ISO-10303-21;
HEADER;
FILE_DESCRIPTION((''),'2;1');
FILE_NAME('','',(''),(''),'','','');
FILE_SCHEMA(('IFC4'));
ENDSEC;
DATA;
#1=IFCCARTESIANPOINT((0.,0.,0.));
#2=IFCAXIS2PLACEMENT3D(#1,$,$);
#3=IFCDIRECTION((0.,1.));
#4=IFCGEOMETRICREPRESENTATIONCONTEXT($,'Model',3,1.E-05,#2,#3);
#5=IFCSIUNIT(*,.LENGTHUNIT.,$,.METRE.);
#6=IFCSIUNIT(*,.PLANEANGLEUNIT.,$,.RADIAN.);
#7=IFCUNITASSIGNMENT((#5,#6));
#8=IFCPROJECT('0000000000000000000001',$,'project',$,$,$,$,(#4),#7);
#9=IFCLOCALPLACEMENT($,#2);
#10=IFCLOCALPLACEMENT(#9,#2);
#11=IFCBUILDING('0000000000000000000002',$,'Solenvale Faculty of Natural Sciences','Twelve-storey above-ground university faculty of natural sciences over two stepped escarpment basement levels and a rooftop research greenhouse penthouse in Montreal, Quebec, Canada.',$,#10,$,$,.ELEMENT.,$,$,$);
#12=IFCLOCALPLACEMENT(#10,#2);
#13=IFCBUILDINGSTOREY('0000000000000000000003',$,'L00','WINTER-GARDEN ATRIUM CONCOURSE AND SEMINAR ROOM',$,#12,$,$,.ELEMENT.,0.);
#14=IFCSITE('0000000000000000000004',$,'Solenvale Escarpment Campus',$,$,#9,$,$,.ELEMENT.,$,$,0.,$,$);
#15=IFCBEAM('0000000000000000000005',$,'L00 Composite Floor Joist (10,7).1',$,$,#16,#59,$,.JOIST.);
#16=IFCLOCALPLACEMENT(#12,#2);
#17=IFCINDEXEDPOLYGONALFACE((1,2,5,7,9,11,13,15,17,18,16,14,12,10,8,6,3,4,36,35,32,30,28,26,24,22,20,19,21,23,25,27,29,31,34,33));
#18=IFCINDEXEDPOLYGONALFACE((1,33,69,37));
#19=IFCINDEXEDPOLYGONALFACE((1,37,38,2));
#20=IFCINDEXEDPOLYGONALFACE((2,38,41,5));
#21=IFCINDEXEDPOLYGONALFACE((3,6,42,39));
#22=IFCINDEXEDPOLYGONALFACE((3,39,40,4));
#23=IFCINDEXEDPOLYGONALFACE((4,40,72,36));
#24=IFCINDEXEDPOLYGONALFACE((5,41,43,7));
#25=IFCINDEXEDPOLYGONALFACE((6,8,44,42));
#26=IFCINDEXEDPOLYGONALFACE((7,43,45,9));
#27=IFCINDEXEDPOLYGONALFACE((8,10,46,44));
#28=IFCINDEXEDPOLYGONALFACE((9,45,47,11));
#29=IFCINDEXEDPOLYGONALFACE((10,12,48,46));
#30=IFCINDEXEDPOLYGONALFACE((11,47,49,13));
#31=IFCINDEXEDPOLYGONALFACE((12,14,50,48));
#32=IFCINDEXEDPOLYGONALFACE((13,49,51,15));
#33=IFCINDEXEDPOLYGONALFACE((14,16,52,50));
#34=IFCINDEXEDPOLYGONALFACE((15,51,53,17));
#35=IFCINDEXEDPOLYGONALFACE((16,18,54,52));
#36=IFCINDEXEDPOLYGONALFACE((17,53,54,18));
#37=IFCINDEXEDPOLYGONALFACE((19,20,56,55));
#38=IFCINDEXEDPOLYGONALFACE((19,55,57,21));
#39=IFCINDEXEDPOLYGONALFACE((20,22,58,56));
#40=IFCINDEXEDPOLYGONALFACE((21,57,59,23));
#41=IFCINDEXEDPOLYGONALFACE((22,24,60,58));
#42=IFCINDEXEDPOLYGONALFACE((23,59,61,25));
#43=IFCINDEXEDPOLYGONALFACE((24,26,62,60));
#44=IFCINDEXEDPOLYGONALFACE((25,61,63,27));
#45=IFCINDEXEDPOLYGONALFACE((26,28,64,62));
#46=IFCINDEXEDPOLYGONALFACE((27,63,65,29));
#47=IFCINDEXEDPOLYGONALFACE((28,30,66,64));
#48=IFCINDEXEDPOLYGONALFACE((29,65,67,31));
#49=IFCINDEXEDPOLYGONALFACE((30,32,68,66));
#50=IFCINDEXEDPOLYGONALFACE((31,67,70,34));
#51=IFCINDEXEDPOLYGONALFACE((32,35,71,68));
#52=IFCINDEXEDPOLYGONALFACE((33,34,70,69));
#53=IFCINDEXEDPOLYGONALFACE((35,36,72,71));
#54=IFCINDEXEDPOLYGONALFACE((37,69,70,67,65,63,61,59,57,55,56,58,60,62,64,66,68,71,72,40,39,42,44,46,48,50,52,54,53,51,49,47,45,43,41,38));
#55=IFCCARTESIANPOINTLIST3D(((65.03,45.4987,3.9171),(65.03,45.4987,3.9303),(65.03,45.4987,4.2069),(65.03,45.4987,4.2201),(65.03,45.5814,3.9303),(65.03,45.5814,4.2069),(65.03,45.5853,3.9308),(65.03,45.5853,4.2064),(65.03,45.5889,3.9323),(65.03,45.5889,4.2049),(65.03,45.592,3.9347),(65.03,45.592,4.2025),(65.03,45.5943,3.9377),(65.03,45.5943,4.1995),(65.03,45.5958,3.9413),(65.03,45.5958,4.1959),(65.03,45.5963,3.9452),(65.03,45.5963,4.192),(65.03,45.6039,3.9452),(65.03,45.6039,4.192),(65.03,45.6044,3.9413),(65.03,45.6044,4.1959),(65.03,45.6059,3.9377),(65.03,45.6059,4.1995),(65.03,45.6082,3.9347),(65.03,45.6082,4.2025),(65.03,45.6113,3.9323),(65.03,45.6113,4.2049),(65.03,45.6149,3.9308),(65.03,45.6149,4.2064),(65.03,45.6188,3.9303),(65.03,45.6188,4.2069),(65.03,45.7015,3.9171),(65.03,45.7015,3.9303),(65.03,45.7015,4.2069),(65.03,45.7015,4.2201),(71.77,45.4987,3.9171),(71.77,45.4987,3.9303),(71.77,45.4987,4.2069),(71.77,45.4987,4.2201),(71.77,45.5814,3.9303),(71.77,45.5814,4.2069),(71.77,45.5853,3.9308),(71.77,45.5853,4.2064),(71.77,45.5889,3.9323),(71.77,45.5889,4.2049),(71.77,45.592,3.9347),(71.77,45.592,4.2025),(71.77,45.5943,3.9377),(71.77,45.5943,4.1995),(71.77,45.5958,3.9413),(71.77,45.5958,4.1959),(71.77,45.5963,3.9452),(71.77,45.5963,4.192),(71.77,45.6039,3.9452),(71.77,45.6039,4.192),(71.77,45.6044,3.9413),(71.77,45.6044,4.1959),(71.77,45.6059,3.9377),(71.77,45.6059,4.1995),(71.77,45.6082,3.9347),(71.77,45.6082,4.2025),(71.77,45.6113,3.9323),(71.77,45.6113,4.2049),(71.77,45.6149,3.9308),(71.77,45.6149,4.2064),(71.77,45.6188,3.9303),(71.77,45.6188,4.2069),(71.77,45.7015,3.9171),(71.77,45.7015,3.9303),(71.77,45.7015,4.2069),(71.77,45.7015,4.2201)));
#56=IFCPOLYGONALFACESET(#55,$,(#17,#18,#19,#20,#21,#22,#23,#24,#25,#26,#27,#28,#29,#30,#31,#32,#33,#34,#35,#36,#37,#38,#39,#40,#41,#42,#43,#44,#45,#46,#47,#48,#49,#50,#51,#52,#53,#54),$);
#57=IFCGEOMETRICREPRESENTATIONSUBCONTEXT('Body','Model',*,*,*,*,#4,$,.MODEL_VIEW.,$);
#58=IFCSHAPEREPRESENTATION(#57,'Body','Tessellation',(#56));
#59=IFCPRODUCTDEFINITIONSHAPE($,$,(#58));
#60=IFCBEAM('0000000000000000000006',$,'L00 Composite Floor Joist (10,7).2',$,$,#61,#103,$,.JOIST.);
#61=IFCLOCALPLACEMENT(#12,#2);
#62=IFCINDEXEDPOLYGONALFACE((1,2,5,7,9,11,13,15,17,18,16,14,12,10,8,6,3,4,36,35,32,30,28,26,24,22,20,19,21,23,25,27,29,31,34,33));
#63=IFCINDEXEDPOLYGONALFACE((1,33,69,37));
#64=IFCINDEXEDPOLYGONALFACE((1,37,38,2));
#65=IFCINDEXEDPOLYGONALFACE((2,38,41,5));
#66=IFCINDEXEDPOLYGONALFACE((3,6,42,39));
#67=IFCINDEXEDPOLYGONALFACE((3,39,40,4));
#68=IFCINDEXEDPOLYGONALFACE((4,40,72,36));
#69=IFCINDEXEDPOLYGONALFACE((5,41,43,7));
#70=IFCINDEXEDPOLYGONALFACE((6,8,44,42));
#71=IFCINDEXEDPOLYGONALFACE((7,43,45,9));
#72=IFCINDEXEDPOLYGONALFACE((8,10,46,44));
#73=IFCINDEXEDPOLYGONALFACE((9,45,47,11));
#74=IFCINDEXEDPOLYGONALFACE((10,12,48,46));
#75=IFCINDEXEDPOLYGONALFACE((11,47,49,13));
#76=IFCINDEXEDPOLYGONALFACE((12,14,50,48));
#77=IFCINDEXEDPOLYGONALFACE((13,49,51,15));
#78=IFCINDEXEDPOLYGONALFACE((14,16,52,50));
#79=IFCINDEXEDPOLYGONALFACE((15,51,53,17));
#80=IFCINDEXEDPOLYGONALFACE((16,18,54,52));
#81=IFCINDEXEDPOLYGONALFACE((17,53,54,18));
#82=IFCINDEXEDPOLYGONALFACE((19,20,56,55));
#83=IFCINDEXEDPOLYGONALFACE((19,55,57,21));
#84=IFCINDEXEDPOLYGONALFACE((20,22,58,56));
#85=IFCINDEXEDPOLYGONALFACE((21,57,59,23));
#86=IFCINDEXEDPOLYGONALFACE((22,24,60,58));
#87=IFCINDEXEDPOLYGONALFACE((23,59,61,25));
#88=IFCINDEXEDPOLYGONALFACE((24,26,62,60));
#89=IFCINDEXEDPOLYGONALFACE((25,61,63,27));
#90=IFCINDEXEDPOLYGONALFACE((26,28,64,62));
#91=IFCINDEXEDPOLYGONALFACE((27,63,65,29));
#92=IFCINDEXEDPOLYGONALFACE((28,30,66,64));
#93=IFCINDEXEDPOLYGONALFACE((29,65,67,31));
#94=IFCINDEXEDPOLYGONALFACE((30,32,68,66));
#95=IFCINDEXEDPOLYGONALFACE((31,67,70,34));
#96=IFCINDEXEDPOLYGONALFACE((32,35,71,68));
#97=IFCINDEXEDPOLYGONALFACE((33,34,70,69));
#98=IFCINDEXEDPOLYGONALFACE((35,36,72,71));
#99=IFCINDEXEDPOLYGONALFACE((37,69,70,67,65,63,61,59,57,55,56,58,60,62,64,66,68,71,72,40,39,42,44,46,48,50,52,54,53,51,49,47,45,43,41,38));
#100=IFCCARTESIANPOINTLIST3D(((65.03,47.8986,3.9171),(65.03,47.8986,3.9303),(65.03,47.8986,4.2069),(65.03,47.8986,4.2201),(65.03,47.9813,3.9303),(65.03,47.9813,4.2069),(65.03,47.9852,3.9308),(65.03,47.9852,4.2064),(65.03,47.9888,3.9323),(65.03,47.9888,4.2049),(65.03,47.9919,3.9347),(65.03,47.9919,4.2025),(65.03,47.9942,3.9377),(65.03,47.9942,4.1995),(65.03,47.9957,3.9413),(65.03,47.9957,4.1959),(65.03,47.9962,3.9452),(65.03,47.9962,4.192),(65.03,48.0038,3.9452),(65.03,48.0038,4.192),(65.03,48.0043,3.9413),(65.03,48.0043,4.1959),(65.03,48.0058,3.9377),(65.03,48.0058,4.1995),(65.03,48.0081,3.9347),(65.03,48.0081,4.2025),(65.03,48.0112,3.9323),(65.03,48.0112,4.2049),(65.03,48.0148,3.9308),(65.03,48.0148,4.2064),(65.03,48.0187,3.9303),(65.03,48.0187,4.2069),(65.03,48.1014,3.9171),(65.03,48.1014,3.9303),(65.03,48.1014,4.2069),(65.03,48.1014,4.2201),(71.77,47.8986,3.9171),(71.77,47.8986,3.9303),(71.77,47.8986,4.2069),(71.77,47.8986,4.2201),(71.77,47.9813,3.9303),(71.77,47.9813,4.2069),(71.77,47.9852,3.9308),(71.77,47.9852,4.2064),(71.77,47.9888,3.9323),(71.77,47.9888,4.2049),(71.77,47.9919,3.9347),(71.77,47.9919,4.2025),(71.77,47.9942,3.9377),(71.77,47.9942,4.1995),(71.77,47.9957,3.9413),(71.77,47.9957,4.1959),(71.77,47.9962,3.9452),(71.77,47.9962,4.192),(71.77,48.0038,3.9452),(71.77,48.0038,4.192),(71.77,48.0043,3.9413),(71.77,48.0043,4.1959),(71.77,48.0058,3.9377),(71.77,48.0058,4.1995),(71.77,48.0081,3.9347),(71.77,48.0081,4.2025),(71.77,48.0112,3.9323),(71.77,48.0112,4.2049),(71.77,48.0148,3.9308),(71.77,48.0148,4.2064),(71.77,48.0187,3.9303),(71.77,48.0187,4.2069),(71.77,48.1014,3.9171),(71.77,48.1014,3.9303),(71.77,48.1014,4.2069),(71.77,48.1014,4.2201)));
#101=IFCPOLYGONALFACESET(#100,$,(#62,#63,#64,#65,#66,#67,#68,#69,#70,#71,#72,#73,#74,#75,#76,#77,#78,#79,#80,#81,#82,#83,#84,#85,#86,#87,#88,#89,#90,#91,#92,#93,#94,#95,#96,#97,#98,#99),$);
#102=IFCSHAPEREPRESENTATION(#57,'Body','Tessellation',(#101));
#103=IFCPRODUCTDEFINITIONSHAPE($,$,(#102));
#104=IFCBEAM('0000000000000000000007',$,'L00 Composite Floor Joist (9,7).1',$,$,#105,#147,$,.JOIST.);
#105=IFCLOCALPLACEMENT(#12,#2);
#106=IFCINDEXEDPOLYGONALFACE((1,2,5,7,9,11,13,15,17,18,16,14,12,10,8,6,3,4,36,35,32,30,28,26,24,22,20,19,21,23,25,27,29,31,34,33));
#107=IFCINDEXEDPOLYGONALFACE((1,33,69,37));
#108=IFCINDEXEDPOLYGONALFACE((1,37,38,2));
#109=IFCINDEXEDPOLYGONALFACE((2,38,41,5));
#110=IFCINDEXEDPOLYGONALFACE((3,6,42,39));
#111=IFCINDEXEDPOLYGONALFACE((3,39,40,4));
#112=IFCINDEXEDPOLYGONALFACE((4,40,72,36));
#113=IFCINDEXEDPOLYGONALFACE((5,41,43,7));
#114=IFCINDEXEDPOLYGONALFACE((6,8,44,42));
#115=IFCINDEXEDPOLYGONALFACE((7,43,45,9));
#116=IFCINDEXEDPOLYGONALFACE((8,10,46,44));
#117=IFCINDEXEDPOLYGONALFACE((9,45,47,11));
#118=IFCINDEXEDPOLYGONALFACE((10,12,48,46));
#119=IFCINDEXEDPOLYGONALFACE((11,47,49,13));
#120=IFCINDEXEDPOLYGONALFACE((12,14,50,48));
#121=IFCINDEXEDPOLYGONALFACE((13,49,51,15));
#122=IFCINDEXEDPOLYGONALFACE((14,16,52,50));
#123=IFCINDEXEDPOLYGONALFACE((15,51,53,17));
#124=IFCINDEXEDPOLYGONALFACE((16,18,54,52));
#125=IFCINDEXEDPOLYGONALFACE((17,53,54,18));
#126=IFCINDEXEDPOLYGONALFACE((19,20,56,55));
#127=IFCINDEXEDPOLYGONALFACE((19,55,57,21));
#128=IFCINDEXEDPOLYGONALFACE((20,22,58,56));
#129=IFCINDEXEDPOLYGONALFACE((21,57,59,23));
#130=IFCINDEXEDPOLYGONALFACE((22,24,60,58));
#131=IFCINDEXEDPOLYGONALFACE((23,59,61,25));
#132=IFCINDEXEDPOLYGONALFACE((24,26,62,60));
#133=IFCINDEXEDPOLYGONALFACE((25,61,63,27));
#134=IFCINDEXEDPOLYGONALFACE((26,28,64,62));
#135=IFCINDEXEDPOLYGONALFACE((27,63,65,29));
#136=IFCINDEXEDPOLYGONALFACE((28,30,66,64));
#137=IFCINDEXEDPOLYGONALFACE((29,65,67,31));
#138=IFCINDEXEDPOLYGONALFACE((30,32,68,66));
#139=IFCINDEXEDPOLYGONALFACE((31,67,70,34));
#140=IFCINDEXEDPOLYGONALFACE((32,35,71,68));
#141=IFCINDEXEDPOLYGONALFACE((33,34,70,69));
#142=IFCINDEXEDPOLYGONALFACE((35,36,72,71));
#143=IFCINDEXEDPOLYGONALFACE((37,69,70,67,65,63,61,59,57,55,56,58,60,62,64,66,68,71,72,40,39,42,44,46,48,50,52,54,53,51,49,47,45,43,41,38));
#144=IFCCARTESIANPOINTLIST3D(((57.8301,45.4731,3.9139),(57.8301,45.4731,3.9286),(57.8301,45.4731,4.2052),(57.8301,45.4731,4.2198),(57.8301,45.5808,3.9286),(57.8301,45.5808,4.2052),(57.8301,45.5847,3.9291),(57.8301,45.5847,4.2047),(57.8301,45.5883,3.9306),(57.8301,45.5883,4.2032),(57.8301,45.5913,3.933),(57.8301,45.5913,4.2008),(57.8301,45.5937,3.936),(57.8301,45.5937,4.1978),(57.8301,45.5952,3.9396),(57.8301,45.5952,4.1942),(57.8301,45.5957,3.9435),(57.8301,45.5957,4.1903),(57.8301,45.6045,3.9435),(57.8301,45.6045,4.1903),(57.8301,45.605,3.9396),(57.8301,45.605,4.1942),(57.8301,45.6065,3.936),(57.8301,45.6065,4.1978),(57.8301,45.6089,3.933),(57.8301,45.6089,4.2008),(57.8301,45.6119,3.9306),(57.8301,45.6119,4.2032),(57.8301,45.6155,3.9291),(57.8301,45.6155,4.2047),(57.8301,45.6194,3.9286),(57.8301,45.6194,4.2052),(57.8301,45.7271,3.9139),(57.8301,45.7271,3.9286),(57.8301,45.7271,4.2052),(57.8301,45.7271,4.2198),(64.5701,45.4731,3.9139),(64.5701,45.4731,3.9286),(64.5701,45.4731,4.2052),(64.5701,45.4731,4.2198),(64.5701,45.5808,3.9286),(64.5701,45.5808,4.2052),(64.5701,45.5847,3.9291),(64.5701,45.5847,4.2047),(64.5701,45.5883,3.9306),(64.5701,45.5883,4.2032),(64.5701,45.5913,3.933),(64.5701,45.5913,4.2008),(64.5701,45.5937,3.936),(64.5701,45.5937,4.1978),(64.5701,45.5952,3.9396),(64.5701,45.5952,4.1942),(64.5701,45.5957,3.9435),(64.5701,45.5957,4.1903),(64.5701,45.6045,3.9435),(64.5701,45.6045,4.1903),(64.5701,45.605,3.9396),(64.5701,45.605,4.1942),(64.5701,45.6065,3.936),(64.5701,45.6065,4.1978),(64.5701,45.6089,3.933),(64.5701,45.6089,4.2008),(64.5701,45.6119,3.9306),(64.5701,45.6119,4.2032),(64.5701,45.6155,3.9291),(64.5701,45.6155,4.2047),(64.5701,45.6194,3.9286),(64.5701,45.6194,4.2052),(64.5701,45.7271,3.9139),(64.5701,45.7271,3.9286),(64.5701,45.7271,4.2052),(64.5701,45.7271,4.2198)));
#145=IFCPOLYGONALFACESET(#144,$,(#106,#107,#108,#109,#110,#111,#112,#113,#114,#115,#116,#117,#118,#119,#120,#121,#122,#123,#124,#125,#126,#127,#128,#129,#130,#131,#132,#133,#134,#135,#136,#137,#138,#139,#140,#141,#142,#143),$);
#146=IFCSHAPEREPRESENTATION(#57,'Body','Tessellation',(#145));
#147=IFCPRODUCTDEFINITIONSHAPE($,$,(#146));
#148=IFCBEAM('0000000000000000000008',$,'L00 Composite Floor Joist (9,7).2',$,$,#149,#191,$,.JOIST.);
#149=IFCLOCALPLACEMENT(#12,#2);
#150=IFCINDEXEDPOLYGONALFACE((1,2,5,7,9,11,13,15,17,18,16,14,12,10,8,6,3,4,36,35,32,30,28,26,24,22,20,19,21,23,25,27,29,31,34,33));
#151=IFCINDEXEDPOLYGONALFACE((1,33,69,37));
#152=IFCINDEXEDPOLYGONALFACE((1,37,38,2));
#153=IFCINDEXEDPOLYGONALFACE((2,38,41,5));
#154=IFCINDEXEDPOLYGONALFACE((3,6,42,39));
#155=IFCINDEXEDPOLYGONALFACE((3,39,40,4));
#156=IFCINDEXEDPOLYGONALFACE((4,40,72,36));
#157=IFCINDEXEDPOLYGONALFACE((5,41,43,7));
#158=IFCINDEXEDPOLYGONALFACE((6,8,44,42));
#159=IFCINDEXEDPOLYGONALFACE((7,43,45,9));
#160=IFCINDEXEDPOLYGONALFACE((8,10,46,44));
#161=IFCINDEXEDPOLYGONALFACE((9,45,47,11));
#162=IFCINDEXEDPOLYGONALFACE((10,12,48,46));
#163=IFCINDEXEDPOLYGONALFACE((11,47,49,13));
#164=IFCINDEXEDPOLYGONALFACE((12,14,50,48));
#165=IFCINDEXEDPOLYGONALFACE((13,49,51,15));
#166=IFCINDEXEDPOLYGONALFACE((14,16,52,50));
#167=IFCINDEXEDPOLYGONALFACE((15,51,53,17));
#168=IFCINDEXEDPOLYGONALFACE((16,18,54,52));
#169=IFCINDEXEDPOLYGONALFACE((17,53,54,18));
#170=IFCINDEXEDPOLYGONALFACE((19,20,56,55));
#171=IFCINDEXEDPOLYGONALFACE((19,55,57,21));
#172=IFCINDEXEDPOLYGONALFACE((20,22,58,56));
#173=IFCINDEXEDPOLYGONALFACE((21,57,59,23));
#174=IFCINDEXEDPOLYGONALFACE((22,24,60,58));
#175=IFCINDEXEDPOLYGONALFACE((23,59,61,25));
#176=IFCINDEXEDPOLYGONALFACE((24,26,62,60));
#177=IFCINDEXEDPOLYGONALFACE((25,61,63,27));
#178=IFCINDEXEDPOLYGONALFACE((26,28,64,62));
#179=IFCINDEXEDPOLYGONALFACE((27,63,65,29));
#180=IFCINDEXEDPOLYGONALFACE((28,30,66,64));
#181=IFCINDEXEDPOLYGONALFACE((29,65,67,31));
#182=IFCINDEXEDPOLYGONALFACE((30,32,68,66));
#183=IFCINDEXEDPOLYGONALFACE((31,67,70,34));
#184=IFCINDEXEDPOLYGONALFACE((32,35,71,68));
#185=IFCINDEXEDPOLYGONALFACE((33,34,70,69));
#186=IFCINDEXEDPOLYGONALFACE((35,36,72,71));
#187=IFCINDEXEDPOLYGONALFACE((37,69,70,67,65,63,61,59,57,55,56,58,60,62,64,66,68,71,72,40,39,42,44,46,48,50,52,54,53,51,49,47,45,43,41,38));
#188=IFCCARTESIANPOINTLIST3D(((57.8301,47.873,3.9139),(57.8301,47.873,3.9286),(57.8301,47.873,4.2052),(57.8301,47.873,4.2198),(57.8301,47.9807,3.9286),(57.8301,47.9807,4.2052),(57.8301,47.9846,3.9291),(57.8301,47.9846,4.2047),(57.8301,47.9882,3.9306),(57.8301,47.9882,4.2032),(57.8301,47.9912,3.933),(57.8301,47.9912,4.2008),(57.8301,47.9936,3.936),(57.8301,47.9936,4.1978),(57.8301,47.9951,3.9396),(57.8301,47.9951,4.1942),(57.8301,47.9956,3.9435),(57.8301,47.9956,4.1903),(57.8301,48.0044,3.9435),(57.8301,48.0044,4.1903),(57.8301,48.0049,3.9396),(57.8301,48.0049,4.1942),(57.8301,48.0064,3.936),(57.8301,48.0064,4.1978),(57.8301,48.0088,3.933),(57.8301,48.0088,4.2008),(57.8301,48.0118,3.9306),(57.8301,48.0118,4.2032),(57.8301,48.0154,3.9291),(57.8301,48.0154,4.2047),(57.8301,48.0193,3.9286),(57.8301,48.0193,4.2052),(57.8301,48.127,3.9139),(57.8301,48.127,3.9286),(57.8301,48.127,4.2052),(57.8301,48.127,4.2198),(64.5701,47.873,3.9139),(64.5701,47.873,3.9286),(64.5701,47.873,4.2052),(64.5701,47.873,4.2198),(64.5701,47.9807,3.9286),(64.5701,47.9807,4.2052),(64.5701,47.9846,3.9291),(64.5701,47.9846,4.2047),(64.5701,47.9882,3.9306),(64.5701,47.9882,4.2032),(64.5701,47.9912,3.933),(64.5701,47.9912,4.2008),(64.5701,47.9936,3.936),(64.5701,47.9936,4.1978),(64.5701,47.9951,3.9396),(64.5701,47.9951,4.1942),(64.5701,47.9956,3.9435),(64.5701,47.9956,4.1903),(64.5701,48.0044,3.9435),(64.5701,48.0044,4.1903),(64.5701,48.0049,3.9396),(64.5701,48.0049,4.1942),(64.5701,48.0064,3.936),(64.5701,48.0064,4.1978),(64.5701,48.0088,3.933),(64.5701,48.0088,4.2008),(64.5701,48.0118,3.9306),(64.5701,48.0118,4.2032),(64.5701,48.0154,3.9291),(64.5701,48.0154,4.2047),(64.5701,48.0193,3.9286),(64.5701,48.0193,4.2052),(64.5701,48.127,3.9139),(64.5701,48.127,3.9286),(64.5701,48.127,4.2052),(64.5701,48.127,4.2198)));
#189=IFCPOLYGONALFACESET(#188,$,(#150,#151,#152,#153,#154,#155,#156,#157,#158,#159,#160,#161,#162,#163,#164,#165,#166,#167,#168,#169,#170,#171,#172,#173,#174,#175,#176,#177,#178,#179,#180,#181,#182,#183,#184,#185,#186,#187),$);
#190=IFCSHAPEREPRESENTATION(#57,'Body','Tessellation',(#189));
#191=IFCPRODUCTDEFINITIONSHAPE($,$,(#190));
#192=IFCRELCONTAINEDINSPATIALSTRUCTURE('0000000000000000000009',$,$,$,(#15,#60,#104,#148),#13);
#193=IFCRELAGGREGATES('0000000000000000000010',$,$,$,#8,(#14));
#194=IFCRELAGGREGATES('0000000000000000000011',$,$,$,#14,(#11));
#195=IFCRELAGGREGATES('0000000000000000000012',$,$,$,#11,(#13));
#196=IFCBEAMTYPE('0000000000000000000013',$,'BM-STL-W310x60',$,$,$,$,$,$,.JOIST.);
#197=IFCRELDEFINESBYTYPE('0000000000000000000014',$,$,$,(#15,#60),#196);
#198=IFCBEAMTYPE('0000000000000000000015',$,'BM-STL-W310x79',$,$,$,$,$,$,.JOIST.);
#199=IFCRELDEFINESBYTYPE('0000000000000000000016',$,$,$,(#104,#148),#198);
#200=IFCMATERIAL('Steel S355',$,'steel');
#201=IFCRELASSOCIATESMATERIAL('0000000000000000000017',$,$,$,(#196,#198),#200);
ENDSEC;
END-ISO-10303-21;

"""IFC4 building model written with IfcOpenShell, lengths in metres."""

from ifc_helpers import new_model, si_unit, direction, frame, origin, origin_2d, place, context, subcontext, project, spatial, i_section, extrude, material, material_profile, profile_set, type_object, element, save


model = new_model("IFC4")

# Units and contexts
model_context = context("Model", 3, precision=1e-05, world=origin(), true_north=direction((0.0, 1.0)))
body_context = subcontext(model_context, "Body", "Model", "MODEL_VIEW")
ifc_project = project(units=[si_unit("LENGTHUNIT", "METRE"), si_unit("PLANEANGLEUNIT", "RADIAN")], contexts=[model_context])

# Site, building, storey
site_placement = place(None, origin())
site = spatial("IfcSite", under=ifc_project, at=site_placement, Name="Solenvale Escarpment Campus", CompositionType="ELEMENT", RefElevation=0.0)
building_placement = place(site_placement, origin())
building = spatial("IfcBuilding", under=site, at=building_placement, Name="Solenvale Faculty of Natural Sciences", Description="Twelve-storey above-ground university faculty of natural sciences over two stepped escarpment basement levels and a rooftop research greenhouse penthouse in Montreal, Quebec, Canada.", CompositionType="ELEMENT")
storey_placement = place(building_placement, origin())
storey = spatial("IfcBuildingStorey", under=building, at=storey_placement, Name="L00", Description="WINTER-GARDEN ATRIUM CONCOURSE AND SEMINAR ROOM", CompositionType="ELEMENT", Elevation=0.0)

# Beams
ifc_material_1 = material(Name="Steel S355", Category="steel")
ifc_material_profile_1 = material_profile(ifc_material_1, i_section(OverallWidth=0.2029, OverallDepth=0.303, WebThickness=0.0076, FlangeThickness=0.0132, FilletRadius=0.0149, at=origin_2d()), Name="W310x60")
ifc_profile_set_1 = profile_set([ifc_material_profile_1], Name="Steel S355")
beam_type_1 = type_object("IfcBeamType", Name="BM-STL-W310x60", PredefinedType="JOIST", material=ifc_profile_set_1)
for number, where, z_axis, x_axis, name in (
    (1, (65.03, 45.6001, 4.0686), (1.0, 0.0, 0.0), (0.0, 1.0, 0.0), "L00 Composite Floor Joist (10,7).1"),
    (2, (65.03, 48.0, 4.0686), (1.0, 0.0, 0.0), (0.0, 1.0, 0.0), "L00 Composite Floor Joist (10,7).2"),
):
    element("IfcBeam", number, at=place(storey_placement, frame(where, z_axis=z_axis, x_axis=x_axis)), inside=storey, type_object=beam_type_1, Name=name, PredefinedType="JOIST", context=body_context, shape_type="SweptSolid", body=[
        extrude(i_section(OverallWidth=0.2029, OverallDepth=0.303, WebThickness=0.0076, FlangeThickness=0.0132, FilletRadius=0.0149, at=origin_2d()), origin(), (0.0, 0.0, 1.0), 6.74),
    ])
ifc_material_profile_2 = material_profile(ifc_material_1, i_section(OverallWidth=0.2539, OverallDepth=0.3059, WebThickness=0.0088, FlangeThickness=0.0146, FilletRadius=0.0149, at=origin_2d()), Name="W310x79")
ifc_profile_set_2 = profile_set([ifc_material_profile_2], Name="Steel S355")
beam_type_2 = type_object("IfcBeamType", Name="BM-STL-W310x79", PredefinedType="JOIST", material=ifc_profile_set_2)
for number, where, z_axis, x_axis, name in (
    (3, (57.8301, 45.6001, 4.0669), (1.0, 0.0, 0.0), (0.0, 1.0, 0.0), "L00 Composite Floor Joist (9,7).1"),
    (4, (57.8301, 48.0, 4.0669), (1.0, 0.0, 0.0), (0.0, 1.0, 0.0), "L00 Composite Floor Joist (9,7).2"),
):
    element("IfcBeam", number, at=place(storey_placement, frame(where, z_axis=z_axis, x_axis=x_axis)), inside=storey, type_object=beam_type_2, Name=name, PredefinedType="JOIST", context=body_context, shape_type="SweptSolid", body=[
        extrude(i_section(OverallWidth=0.2539, OverallDepth=0.3059, WebThickness=0.0088, FlangeThickness=0.0146, FilletRadius=0.0149, at=origin_2d()), origin(), (0.0, 0.0, 1.0), 6.74),
    ])

save(model, "model.ifc")
